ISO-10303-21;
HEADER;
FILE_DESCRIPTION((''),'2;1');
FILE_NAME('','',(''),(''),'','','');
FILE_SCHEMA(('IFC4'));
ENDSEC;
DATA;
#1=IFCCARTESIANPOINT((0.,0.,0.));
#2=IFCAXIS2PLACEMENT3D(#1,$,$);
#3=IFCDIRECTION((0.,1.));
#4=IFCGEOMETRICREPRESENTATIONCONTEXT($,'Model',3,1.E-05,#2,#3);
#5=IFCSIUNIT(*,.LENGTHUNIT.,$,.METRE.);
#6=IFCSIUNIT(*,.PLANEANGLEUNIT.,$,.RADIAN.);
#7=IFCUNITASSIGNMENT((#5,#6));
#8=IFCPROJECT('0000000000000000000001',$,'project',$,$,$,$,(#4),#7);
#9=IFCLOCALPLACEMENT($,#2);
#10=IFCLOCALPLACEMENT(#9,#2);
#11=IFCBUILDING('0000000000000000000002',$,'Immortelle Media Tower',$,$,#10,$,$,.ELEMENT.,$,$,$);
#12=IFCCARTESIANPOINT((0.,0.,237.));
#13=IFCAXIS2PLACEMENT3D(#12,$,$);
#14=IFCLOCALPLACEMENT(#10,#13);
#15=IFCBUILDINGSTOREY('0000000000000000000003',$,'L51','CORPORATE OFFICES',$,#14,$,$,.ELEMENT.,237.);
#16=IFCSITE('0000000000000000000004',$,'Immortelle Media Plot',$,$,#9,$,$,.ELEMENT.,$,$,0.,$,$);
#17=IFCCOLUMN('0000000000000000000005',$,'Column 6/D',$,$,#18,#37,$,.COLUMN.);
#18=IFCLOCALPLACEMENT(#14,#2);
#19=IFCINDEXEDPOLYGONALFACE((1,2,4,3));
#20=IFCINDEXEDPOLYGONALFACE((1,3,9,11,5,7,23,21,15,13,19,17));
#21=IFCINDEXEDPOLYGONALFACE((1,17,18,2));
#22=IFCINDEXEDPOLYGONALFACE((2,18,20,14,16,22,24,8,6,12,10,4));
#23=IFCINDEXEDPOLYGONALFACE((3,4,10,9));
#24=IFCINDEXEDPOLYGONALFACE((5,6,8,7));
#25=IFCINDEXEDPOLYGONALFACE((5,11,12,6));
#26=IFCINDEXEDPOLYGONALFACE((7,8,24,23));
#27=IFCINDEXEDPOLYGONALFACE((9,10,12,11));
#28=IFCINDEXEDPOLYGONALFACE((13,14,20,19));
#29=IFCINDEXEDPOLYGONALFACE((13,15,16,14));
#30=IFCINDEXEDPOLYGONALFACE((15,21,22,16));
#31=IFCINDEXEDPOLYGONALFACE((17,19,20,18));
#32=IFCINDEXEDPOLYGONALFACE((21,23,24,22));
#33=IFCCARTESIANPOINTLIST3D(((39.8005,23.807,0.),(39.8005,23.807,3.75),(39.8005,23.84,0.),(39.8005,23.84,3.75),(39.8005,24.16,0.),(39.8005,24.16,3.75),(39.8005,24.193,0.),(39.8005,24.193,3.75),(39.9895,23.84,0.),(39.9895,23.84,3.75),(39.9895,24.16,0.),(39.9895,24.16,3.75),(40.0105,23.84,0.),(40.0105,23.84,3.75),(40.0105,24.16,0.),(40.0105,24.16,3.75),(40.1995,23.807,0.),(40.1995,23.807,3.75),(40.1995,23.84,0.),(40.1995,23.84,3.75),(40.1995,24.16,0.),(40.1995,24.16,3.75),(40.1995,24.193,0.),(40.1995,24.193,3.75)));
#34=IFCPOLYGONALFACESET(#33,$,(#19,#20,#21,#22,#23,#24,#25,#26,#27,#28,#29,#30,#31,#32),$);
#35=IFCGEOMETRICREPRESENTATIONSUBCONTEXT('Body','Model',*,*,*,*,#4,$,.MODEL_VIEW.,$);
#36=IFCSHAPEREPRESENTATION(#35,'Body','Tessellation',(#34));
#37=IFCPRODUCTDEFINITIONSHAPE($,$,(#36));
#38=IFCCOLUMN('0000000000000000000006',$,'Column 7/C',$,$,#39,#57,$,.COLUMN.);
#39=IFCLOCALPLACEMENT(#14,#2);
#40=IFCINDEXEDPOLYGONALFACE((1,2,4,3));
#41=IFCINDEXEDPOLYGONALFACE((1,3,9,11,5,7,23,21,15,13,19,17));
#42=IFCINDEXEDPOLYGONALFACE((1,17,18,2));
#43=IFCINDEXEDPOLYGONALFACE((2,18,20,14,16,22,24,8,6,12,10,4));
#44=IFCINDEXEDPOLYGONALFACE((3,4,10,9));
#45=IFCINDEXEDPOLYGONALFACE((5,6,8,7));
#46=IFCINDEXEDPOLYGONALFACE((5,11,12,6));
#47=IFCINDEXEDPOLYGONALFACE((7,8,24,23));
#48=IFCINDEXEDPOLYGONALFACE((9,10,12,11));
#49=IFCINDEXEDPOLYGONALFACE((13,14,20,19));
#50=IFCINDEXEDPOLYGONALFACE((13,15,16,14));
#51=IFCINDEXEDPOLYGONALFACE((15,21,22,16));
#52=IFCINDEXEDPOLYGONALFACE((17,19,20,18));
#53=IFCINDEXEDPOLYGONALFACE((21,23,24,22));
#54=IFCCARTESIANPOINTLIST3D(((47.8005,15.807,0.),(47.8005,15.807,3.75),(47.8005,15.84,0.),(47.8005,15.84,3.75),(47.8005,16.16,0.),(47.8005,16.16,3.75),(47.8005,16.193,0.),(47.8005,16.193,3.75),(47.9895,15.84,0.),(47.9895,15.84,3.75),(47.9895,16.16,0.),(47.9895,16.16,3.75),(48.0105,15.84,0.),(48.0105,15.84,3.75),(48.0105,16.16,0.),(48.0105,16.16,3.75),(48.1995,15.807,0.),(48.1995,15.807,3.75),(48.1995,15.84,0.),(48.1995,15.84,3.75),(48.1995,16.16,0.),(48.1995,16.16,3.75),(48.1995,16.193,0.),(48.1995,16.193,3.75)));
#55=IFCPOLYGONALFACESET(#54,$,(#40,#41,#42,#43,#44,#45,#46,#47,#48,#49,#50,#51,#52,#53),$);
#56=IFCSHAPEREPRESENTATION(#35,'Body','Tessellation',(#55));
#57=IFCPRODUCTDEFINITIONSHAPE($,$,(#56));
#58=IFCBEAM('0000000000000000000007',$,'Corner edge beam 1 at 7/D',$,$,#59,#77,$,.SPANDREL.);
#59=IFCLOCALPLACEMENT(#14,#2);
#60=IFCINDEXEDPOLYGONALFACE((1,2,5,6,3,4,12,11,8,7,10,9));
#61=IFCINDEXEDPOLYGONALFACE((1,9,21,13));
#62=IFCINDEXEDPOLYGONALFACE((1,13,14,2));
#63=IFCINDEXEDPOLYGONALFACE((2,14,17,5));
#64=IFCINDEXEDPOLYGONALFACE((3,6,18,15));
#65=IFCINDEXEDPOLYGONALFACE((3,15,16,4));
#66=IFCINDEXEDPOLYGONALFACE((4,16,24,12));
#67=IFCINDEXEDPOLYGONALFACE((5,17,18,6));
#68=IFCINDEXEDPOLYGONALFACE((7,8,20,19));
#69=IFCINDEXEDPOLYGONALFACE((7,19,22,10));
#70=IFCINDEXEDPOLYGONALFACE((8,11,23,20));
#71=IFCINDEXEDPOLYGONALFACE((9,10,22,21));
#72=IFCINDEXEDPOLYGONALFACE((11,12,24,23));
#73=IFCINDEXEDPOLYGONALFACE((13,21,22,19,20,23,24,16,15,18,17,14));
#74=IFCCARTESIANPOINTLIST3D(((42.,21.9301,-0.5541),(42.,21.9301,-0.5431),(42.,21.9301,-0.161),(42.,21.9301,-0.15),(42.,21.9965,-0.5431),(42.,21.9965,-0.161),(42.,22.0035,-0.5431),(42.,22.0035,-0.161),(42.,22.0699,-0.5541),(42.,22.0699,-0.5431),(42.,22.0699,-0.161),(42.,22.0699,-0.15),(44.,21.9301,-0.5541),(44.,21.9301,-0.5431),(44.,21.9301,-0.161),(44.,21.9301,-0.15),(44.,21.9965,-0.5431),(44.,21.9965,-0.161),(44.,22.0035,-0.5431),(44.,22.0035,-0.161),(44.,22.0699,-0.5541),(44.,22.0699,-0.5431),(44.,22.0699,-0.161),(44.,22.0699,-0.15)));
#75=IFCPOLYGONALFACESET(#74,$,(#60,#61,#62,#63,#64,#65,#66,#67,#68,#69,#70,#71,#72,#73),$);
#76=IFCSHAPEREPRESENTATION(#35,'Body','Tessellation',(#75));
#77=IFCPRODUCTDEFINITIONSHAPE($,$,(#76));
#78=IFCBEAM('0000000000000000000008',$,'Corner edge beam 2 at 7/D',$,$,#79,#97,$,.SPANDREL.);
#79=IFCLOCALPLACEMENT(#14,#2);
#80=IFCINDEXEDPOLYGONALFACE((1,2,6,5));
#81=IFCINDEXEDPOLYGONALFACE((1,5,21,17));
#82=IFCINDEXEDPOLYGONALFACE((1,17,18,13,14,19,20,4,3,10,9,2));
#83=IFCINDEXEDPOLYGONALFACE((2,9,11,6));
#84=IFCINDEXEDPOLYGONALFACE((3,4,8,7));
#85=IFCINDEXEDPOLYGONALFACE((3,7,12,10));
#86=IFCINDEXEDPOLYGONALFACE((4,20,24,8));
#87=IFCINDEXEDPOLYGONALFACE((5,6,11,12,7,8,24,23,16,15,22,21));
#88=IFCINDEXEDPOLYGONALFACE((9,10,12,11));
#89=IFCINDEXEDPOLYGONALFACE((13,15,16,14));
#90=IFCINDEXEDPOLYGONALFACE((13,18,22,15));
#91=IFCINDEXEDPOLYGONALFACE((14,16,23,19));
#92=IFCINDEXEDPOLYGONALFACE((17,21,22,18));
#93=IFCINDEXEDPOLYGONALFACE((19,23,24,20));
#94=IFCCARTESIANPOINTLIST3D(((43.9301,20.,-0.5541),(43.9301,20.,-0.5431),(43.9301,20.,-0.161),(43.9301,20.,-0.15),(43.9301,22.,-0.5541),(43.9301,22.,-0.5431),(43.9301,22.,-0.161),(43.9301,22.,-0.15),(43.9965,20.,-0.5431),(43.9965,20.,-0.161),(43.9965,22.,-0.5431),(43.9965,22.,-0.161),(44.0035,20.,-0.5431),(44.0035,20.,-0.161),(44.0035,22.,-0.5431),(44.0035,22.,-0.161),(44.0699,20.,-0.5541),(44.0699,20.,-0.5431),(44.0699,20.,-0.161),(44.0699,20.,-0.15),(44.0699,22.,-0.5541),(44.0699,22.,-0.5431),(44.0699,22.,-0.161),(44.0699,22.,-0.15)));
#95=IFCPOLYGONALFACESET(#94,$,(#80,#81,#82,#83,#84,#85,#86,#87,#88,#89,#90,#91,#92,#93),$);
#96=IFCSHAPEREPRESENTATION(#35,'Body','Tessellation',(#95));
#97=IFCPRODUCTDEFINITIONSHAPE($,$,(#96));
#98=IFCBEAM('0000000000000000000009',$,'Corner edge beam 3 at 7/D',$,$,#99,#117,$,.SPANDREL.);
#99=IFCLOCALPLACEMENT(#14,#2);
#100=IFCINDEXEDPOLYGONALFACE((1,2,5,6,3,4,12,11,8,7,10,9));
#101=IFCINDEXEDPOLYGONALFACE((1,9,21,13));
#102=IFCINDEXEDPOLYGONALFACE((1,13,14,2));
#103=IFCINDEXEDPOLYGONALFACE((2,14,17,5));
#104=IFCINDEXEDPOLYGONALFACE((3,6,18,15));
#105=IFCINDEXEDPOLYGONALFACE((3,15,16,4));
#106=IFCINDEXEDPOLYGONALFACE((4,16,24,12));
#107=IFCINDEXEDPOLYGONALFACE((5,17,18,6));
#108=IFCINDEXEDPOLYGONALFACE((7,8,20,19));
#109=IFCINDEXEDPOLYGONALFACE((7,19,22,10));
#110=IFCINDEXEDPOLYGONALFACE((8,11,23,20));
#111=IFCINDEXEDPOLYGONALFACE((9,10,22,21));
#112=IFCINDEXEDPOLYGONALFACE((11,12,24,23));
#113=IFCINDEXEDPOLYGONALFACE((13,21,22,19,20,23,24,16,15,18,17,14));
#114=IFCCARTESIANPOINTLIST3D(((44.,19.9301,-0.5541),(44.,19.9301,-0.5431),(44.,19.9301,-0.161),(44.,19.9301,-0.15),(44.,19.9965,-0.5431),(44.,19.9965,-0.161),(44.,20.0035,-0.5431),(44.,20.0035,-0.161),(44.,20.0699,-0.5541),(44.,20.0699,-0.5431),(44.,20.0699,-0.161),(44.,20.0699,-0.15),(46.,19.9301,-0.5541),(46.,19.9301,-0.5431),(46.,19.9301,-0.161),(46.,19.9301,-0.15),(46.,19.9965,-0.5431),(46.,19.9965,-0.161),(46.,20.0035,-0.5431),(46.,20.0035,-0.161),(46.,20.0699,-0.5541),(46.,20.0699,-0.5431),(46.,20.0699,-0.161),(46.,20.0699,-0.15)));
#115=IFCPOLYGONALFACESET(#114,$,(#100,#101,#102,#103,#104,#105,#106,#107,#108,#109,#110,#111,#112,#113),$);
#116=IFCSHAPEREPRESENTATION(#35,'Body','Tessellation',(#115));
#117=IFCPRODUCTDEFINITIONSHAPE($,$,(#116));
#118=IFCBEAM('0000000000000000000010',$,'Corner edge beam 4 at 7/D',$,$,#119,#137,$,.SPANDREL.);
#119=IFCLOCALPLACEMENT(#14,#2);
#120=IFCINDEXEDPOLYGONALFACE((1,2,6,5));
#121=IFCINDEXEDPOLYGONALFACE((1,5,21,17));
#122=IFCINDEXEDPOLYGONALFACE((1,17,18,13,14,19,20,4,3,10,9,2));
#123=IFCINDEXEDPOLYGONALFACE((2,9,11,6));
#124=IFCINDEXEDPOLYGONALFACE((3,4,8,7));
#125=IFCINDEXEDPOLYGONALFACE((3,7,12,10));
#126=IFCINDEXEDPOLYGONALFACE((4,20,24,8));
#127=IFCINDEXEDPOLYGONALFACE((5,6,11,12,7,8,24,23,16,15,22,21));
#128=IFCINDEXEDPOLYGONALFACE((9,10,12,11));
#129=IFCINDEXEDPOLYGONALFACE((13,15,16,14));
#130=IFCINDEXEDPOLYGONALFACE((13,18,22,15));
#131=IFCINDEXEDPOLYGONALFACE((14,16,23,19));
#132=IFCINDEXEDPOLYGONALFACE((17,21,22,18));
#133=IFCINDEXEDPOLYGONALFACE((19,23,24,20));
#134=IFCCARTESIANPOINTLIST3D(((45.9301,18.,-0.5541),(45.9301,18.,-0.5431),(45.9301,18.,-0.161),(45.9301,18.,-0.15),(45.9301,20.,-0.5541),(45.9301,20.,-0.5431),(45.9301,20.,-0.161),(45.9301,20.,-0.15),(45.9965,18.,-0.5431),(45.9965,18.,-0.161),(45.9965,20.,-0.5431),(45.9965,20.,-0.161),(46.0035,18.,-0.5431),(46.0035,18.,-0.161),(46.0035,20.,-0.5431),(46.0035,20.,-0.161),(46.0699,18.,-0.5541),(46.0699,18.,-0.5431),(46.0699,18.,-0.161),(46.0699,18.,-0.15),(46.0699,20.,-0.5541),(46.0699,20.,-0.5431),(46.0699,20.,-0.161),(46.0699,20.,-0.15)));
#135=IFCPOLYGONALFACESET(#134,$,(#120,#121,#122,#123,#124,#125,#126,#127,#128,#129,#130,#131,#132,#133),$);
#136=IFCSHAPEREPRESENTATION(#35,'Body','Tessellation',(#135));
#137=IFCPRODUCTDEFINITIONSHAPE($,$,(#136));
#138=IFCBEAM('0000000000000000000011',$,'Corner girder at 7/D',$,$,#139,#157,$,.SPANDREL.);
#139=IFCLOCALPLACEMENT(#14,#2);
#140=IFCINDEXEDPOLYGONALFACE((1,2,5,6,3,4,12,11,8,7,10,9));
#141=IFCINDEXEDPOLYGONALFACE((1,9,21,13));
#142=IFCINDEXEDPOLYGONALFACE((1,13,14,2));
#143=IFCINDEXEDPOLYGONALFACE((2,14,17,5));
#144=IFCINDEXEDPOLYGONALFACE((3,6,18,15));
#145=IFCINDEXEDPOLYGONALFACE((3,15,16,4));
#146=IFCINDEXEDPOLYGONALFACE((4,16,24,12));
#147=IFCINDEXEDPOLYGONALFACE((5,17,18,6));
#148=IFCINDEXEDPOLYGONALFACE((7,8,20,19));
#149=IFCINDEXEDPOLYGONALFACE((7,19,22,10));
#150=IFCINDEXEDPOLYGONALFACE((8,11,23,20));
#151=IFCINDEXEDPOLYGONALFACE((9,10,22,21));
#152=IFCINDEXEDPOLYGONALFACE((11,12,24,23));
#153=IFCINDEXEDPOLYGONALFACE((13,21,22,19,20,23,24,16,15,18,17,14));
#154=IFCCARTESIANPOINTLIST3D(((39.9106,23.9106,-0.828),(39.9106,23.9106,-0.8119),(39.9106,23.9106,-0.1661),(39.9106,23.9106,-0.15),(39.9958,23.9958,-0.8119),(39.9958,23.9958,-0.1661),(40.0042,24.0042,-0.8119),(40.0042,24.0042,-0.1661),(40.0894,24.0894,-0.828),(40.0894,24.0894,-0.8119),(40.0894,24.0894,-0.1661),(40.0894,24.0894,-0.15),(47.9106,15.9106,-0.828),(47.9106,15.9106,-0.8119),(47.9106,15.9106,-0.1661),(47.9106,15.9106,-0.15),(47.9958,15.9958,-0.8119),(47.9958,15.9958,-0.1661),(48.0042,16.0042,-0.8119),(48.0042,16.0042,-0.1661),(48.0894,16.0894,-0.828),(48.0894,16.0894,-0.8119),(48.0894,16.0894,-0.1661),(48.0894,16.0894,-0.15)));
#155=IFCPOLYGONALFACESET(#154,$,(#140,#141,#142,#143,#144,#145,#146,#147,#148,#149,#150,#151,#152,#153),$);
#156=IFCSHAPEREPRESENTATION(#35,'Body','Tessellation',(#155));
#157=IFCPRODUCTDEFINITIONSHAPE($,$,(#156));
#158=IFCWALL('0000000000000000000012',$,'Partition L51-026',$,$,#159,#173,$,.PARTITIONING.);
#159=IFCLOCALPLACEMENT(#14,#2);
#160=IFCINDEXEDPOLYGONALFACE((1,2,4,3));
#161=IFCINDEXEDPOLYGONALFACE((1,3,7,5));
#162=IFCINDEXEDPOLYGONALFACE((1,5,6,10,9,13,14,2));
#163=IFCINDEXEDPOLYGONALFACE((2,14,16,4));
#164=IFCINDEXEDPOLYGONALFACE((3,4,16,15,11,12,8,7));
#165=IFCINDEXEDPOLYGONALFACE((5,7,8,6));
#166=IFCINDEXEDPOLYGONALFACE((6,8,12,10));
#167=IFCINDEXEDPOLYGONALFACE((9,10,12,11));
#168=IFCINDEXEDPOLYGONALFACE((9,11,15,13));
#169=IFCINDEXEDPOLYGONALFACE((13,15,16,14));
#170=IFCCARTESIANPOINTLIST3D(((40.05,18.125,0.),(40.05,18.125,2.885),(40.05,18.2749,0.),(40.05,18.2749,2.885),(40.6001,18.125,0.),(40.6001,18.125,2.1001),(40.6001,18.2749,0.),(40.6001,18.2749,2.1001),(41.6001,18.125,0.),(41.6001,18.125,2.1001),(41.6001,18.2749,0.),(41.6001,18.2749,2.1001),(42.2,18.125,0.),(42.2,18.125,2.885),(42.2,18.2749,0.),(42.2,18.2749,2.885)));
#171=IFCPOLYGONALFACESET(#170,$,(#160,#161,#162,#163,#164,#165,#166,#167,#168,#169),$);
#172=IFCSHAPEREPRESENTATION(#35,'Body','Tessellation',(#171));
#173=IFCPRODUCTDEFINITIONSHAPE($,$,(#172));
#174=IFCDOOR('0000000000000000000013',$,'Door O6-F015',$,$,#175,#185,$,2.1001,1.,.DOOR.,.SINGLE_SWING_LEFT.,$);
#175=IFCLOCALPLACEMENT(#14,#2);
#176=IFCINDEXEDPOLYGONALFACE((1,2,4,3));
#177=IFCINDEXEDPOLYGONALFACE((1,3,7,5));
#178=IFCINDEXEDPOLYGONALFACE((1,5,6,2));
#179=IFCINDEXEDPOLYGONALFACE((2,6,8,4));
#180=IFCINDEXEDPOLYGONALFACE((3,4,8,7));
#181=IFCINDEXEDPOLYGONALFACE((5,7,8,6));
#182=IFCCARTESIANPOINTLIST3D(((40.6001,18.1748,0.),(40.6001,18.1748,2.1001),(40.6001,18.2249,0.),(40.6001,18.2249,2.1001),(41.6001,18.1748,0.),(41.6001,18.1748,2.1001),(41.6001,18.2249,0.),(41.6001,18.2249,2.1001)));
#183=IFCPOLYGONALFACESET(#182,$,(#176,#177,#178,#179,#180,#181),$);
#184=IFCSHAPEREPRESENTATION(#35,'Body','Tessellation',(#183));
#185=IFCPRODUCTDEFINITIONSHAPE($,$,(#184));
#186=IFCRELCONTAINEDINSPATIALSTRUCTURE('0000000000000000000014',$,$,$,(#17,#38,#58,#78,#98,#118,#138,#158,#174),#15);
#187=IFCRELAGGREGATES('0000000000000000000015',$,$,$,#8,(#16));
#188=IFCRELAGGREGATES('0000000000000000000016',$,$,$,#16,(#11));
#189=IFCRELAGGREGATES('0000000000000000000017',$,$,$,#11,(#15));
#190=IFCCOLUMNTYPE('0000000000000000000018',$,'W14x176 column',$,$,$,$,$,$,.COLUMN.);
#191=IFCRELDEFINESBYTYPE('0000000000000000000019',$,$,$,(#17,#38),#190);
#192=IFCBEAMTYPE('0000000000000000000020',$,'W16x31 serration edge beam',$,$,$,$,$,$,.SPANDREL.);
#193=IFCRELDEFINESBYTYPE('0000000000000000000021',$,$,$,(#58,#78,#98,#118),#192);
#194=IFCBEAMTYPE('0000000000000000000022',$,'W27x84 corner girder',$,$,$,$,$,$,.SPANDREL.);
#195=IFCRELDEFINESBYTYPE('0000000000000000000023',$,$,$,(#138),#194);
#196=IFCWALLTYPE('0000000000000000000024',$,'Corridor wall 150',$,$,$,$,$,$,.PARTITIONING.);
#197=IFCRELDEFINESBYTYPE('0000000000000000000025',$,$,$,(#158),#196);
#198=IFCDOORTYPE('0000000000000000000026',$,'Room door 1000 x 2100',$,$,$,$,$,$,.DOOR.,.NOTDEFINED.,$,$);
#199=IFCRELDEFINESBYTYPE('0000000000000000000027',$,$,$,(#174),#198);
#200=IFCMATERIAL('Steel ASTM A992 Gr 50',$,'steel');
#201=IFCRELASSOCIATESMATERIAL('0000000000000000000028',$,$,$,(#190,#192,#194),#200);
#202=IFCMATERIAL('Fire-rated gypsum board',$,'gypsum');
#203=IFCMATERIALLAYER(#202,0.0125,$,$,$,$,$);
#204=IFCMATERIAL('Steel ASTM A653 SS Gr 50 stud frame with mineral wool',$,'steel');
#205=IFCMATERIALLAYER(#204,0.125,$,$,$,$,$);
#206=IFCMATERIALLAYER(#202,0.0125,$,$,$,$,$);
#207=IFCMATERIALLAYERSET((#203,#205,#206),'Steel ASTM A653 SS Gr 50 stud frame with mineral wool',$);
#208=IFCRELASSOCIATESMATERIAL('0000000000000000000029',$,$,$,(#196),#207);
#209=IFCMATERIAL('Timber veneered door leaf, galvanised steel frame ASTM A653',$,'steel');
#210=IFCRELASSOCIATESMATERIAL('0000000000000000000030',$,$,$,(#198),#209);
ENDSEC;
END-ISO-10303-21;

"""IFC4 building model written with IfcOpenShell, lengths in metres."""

from ifc_helpers import new_model, si_unit, direction, frame, frame_2d, origin, origin_2d, place, context, subcontext, project, spatial, rectangle, i_section, extrude, material, layer, layer_set, material_profile, profile_set, type_object, element, fill, save


model = new_model("IFC4")

# Units and contexts
model_context = context("Model", 3, precision=1e-05, world=origin(), true_north=direction((0.0, 1.0)))
body_context = subcontext(model_context, "Body", "Model", "MODEL_VIEW")
ifc_project = project(units=[si_unit("LENGTHUNIT", "METRE"), si_unit("PLANEANGLEUNIT", "RADIAN")], contexts=[model_context])

# Site, building, storey
site_placement = place(None, origin())
site = spatial("IfcSite", under=ifc_project, at=site_placement, Name="Immortelle Media Plot", CompositionType="ELEMENT", RefElevation=0.0)
building_placement = place(site_placement, origin())
building = spatial("IfcBuilding", under=site, at=building_placement, Name="Immortelle Media Tower", CompositionType="ELEMENT")
storey_placement = place(building_placement, frame((0.0, 0.0, 237.0)))
storey = spatial("IfcBuildingStorey", under=building, at=storey_placement, Name="L51", Description="CORPORATE OFFICES", CompositionType="ELEMENT", Elevation=237.0)

# Columns
ifc_material_1 = material(Name="Steel ASTM A992 Gr 50", Category="steel")
ifc_material_profile_1 = material_profile(ifc_material_1, i_section(OverallWidth=0.3989, OverallDepth=0.386, WebThickness=0.021, FlangeThickness=0.033, at=origin_2d()), Name="W14x176")
ifc_profile_set_1 = profile_set([ifc_material_profile_1], Name="Steel ASTM A992 Gr 50")
column_type = type_object("IfcColumnType", Name="W14x176 column", PredefinedType="COLUMN", material=ifc_profile_set_1)
for number, where, z_axis, x_axis, name in (
    (1, (40.0, 24.0, 0.0), (0.0, 0.0, 1.0), (1.0, 0.0, 0.0), "Column 6/D"),
    (2, (48.0, 16.0, 0.0), (0.0, 0.0, 1.0), (1.0, 0.0, 0.0), "Column 7/C"),
):
    element("IfcColumn", number, at=place(storey_placement, frame(where, z_axis=z_axis, x_axis=x_axis)), inside=storey, type_object=column_type, Name=name, PredefinedType="COLUMN", context=body_context, shape_type="SweptSolid", body=[
        extrude(i_section(OverallWidth=0.3989, OverallDepth=0.386, WebThickness=0.021, FlangeThickness=0.033, at=origin_2d()), origin(), (0.0, 0.0, 1.0), 3.75),
    ])

# Beams
ifc_material_profile_2 = material_profile(ifc_material_1, i_section(OverallWidth=0.1399, OverallDepth=0.4041, WebThickness=0.0071, FlangeThickness=0.011, at=origin_2d()), Name="W16x31")
ifc_profile_set_2 = profile_set([ifc_material_profile_2], Name="Steel ASTM A992 Gr 50")
beam_type_1 = type_object("IfcBeamType", Name="W16x31 serration edge beam", PredefinedType="SPANDREL", material=ifc_profile_set_2)
for number, where, z_axis, x_axis, name in (
    (3, (42.0, 22.0, -0.3521), (1.0, 0.0, 0.0), (0.0, 1.0, 0.0), "Corner edge beam 1 at 7/D"),
    (4, (44.0, 22.0, -0.3521), (0.0, -1.0, 0.0), (1.0, 0.0, 0.0), "Corner edge beam 2 at 7/D"),
    (5, (44.0, 20.0, -0.3521), (1.0, 0.0, 0.0), (0.0, 1.0, 0.0), "Corner edge beam 3 at 7/D"),
    (6, (46.0, 20.0, -0.3521), (0.0, -1.0, 0.0), (1.0, 0.0, 0.0), "Corner edge beam 4 at 7/D"),
):
    element("IfcBeam", number, at=place(storey_placement, frame(where, z_axis=z_axis, x_axis=x_axis)), inside=storey, type_object=beam_type_1, Name=name, PredefinedType="SPANDREL", context=body_context, shape_type="SweptSolid", body=[
        extrude(i_section(OverallWidth=0.1399, OverallDepth=0.4041, WebThickness=0.0071, FlangeThickness=0.011, at=origin_2d()), origin(), (0.0, 0.0, 1.0), 2.0),
    ])
ifc_material_profile_3 = material_profile(ifc_material_1, i_section(OverallWidth=0.2529, OverallDepth=0.678, WebThickness=0.012, FlangeThickness=0.0161, at=origin_2d()), Name="W27x84")
ifc_profile_set_3 = profile_set([ifc_material_profile_3], Name="Steel ASTM A992 Gr 50")
beam_type_2 = type_object("IfcBeamType", Name="W27x84 corner girder", PredefinedType="SPANDREL", material=ifc_profile_set_3)
beam_placement = place(storey_placement, frame((40.0, 24.0, -0.489), z_axis=(0.707107, -0.707107, 0.0), x_axis=(0.707107, 0.707107, 0.0)))
element("IfcBeam", 7, at=beam_placement, inside=storey, type_object=beam_type_2, Name="Corner girder at 7/D", PredefinedType="SPANDREL", context=body_context, shape_type="SweptSolid", body=[
    extrude(i_section(OverallWidth=0.2529, OverallDepth=0.678, WebThickness=0.012, FlangeThickness=0.0161, at=origin_2d()), origin(), (0.0, 0.0, 1.0), 11.3137),
])

# Wall, opening, door
ifc_material_2 = material(Name="Fire-rated gypsum board", Category="gypsum")
ifc_layer_1 = layer(ifc_material_2, 0.0125)
ifc_material_3 = material(Name="Steel ASTM A653 SS Gr 50 stud frame with mineral wool", Category="steel")
ifc_layer_2 = layer(ifc_material_3, 0.125)
ifc_layer_3 = layer(ifc_material_2, 0.0125)
ifc_layer_set_1 = layer_set([ifc_layer_1, ifc_layer_2, ifc_layer_3], Name="Steel ASTM A653 SS Gr 50 stud frame with mineral wool")
wall_type_1 = type_object("IfcWallType", Name="Corridor wall 150", PredefinedType="PARTITIONING", material=ifc_layer_set_1)
wall_1_placement = place(storey_placement, frame((40.05, 18.2, 0.0), z_axis=(0.0, 0.0, 1.0), x_axis=(1.0, 0.0, 0.0)))
wall_1 = element("IfcWall", 8, at=wall_1_placement, inside=storey, type_object=wall_type_1, Name="Partition L51-026", PredefinedType="PARTITIONING", context=body_context, shape_type="SweptSolid", body=[
    extrude(rectangle(XDim=2.1499, YDim=0.1499, at=frame_2d((1.075, 0.0))), origin(), (0.0, 0.0, 1.0), 2.885),
])
opening_placement = place(wall_1_placement, frame((0.55, 0.0, 0.0)))
opening = element("IfcOpeningElement", 9, at=opening_placement, cuts=wall_1, PredefinedType="OPENING", context=body_context, shape_type="SweptSolid", body=[
    extrude(rectangle(XDim=1.0, YDim=2.1001, at=frame_2d((0.5, 1.05))), frame((0.0, 0.085, 0.0), z_axis=(0.0, -1.0, 0.0), x_axis=(1.0, 0.0, 0.0)), (0.0, 0.0, 1.0), 0.1699),
])
ifc_material_4 = material(Name="Timber veneered door leaf, galvanised steel frame ASTM A653", Category="steel")
door_type = type_object("IfcDoorType", Name="Room door 1000 x 2100", OperationType="NOTDEFINED", PredefinedType="DOOR", material=ifc_material_4)
door_placement = place(opening_placement, origin())
door = element("IfcDoor", 10, at=door_placement, inside=storey, type_object=door_type, Name="Door O6-F015", OperationType="SINGLE_SWING_LEFT", OverallHeight=2.1001, OverallWidth=1.0, PredefinedType="DOOR", context=body_context, shape_type="SweptSolid", body=[
    extrude(rectangle(XDim=1.0, YDim=2.1001, at=frame_2d((0.5, 1.05))), frame((0.0, 0.0249, 0.0), z_axis=(0.0, -1.0, 0.0), x_axis=(1.0, 0.0, 0.0)), (0.0, 0.0, 1.0), 0.05),
])
fill(opening, door)

save(model, "model.ifc")
